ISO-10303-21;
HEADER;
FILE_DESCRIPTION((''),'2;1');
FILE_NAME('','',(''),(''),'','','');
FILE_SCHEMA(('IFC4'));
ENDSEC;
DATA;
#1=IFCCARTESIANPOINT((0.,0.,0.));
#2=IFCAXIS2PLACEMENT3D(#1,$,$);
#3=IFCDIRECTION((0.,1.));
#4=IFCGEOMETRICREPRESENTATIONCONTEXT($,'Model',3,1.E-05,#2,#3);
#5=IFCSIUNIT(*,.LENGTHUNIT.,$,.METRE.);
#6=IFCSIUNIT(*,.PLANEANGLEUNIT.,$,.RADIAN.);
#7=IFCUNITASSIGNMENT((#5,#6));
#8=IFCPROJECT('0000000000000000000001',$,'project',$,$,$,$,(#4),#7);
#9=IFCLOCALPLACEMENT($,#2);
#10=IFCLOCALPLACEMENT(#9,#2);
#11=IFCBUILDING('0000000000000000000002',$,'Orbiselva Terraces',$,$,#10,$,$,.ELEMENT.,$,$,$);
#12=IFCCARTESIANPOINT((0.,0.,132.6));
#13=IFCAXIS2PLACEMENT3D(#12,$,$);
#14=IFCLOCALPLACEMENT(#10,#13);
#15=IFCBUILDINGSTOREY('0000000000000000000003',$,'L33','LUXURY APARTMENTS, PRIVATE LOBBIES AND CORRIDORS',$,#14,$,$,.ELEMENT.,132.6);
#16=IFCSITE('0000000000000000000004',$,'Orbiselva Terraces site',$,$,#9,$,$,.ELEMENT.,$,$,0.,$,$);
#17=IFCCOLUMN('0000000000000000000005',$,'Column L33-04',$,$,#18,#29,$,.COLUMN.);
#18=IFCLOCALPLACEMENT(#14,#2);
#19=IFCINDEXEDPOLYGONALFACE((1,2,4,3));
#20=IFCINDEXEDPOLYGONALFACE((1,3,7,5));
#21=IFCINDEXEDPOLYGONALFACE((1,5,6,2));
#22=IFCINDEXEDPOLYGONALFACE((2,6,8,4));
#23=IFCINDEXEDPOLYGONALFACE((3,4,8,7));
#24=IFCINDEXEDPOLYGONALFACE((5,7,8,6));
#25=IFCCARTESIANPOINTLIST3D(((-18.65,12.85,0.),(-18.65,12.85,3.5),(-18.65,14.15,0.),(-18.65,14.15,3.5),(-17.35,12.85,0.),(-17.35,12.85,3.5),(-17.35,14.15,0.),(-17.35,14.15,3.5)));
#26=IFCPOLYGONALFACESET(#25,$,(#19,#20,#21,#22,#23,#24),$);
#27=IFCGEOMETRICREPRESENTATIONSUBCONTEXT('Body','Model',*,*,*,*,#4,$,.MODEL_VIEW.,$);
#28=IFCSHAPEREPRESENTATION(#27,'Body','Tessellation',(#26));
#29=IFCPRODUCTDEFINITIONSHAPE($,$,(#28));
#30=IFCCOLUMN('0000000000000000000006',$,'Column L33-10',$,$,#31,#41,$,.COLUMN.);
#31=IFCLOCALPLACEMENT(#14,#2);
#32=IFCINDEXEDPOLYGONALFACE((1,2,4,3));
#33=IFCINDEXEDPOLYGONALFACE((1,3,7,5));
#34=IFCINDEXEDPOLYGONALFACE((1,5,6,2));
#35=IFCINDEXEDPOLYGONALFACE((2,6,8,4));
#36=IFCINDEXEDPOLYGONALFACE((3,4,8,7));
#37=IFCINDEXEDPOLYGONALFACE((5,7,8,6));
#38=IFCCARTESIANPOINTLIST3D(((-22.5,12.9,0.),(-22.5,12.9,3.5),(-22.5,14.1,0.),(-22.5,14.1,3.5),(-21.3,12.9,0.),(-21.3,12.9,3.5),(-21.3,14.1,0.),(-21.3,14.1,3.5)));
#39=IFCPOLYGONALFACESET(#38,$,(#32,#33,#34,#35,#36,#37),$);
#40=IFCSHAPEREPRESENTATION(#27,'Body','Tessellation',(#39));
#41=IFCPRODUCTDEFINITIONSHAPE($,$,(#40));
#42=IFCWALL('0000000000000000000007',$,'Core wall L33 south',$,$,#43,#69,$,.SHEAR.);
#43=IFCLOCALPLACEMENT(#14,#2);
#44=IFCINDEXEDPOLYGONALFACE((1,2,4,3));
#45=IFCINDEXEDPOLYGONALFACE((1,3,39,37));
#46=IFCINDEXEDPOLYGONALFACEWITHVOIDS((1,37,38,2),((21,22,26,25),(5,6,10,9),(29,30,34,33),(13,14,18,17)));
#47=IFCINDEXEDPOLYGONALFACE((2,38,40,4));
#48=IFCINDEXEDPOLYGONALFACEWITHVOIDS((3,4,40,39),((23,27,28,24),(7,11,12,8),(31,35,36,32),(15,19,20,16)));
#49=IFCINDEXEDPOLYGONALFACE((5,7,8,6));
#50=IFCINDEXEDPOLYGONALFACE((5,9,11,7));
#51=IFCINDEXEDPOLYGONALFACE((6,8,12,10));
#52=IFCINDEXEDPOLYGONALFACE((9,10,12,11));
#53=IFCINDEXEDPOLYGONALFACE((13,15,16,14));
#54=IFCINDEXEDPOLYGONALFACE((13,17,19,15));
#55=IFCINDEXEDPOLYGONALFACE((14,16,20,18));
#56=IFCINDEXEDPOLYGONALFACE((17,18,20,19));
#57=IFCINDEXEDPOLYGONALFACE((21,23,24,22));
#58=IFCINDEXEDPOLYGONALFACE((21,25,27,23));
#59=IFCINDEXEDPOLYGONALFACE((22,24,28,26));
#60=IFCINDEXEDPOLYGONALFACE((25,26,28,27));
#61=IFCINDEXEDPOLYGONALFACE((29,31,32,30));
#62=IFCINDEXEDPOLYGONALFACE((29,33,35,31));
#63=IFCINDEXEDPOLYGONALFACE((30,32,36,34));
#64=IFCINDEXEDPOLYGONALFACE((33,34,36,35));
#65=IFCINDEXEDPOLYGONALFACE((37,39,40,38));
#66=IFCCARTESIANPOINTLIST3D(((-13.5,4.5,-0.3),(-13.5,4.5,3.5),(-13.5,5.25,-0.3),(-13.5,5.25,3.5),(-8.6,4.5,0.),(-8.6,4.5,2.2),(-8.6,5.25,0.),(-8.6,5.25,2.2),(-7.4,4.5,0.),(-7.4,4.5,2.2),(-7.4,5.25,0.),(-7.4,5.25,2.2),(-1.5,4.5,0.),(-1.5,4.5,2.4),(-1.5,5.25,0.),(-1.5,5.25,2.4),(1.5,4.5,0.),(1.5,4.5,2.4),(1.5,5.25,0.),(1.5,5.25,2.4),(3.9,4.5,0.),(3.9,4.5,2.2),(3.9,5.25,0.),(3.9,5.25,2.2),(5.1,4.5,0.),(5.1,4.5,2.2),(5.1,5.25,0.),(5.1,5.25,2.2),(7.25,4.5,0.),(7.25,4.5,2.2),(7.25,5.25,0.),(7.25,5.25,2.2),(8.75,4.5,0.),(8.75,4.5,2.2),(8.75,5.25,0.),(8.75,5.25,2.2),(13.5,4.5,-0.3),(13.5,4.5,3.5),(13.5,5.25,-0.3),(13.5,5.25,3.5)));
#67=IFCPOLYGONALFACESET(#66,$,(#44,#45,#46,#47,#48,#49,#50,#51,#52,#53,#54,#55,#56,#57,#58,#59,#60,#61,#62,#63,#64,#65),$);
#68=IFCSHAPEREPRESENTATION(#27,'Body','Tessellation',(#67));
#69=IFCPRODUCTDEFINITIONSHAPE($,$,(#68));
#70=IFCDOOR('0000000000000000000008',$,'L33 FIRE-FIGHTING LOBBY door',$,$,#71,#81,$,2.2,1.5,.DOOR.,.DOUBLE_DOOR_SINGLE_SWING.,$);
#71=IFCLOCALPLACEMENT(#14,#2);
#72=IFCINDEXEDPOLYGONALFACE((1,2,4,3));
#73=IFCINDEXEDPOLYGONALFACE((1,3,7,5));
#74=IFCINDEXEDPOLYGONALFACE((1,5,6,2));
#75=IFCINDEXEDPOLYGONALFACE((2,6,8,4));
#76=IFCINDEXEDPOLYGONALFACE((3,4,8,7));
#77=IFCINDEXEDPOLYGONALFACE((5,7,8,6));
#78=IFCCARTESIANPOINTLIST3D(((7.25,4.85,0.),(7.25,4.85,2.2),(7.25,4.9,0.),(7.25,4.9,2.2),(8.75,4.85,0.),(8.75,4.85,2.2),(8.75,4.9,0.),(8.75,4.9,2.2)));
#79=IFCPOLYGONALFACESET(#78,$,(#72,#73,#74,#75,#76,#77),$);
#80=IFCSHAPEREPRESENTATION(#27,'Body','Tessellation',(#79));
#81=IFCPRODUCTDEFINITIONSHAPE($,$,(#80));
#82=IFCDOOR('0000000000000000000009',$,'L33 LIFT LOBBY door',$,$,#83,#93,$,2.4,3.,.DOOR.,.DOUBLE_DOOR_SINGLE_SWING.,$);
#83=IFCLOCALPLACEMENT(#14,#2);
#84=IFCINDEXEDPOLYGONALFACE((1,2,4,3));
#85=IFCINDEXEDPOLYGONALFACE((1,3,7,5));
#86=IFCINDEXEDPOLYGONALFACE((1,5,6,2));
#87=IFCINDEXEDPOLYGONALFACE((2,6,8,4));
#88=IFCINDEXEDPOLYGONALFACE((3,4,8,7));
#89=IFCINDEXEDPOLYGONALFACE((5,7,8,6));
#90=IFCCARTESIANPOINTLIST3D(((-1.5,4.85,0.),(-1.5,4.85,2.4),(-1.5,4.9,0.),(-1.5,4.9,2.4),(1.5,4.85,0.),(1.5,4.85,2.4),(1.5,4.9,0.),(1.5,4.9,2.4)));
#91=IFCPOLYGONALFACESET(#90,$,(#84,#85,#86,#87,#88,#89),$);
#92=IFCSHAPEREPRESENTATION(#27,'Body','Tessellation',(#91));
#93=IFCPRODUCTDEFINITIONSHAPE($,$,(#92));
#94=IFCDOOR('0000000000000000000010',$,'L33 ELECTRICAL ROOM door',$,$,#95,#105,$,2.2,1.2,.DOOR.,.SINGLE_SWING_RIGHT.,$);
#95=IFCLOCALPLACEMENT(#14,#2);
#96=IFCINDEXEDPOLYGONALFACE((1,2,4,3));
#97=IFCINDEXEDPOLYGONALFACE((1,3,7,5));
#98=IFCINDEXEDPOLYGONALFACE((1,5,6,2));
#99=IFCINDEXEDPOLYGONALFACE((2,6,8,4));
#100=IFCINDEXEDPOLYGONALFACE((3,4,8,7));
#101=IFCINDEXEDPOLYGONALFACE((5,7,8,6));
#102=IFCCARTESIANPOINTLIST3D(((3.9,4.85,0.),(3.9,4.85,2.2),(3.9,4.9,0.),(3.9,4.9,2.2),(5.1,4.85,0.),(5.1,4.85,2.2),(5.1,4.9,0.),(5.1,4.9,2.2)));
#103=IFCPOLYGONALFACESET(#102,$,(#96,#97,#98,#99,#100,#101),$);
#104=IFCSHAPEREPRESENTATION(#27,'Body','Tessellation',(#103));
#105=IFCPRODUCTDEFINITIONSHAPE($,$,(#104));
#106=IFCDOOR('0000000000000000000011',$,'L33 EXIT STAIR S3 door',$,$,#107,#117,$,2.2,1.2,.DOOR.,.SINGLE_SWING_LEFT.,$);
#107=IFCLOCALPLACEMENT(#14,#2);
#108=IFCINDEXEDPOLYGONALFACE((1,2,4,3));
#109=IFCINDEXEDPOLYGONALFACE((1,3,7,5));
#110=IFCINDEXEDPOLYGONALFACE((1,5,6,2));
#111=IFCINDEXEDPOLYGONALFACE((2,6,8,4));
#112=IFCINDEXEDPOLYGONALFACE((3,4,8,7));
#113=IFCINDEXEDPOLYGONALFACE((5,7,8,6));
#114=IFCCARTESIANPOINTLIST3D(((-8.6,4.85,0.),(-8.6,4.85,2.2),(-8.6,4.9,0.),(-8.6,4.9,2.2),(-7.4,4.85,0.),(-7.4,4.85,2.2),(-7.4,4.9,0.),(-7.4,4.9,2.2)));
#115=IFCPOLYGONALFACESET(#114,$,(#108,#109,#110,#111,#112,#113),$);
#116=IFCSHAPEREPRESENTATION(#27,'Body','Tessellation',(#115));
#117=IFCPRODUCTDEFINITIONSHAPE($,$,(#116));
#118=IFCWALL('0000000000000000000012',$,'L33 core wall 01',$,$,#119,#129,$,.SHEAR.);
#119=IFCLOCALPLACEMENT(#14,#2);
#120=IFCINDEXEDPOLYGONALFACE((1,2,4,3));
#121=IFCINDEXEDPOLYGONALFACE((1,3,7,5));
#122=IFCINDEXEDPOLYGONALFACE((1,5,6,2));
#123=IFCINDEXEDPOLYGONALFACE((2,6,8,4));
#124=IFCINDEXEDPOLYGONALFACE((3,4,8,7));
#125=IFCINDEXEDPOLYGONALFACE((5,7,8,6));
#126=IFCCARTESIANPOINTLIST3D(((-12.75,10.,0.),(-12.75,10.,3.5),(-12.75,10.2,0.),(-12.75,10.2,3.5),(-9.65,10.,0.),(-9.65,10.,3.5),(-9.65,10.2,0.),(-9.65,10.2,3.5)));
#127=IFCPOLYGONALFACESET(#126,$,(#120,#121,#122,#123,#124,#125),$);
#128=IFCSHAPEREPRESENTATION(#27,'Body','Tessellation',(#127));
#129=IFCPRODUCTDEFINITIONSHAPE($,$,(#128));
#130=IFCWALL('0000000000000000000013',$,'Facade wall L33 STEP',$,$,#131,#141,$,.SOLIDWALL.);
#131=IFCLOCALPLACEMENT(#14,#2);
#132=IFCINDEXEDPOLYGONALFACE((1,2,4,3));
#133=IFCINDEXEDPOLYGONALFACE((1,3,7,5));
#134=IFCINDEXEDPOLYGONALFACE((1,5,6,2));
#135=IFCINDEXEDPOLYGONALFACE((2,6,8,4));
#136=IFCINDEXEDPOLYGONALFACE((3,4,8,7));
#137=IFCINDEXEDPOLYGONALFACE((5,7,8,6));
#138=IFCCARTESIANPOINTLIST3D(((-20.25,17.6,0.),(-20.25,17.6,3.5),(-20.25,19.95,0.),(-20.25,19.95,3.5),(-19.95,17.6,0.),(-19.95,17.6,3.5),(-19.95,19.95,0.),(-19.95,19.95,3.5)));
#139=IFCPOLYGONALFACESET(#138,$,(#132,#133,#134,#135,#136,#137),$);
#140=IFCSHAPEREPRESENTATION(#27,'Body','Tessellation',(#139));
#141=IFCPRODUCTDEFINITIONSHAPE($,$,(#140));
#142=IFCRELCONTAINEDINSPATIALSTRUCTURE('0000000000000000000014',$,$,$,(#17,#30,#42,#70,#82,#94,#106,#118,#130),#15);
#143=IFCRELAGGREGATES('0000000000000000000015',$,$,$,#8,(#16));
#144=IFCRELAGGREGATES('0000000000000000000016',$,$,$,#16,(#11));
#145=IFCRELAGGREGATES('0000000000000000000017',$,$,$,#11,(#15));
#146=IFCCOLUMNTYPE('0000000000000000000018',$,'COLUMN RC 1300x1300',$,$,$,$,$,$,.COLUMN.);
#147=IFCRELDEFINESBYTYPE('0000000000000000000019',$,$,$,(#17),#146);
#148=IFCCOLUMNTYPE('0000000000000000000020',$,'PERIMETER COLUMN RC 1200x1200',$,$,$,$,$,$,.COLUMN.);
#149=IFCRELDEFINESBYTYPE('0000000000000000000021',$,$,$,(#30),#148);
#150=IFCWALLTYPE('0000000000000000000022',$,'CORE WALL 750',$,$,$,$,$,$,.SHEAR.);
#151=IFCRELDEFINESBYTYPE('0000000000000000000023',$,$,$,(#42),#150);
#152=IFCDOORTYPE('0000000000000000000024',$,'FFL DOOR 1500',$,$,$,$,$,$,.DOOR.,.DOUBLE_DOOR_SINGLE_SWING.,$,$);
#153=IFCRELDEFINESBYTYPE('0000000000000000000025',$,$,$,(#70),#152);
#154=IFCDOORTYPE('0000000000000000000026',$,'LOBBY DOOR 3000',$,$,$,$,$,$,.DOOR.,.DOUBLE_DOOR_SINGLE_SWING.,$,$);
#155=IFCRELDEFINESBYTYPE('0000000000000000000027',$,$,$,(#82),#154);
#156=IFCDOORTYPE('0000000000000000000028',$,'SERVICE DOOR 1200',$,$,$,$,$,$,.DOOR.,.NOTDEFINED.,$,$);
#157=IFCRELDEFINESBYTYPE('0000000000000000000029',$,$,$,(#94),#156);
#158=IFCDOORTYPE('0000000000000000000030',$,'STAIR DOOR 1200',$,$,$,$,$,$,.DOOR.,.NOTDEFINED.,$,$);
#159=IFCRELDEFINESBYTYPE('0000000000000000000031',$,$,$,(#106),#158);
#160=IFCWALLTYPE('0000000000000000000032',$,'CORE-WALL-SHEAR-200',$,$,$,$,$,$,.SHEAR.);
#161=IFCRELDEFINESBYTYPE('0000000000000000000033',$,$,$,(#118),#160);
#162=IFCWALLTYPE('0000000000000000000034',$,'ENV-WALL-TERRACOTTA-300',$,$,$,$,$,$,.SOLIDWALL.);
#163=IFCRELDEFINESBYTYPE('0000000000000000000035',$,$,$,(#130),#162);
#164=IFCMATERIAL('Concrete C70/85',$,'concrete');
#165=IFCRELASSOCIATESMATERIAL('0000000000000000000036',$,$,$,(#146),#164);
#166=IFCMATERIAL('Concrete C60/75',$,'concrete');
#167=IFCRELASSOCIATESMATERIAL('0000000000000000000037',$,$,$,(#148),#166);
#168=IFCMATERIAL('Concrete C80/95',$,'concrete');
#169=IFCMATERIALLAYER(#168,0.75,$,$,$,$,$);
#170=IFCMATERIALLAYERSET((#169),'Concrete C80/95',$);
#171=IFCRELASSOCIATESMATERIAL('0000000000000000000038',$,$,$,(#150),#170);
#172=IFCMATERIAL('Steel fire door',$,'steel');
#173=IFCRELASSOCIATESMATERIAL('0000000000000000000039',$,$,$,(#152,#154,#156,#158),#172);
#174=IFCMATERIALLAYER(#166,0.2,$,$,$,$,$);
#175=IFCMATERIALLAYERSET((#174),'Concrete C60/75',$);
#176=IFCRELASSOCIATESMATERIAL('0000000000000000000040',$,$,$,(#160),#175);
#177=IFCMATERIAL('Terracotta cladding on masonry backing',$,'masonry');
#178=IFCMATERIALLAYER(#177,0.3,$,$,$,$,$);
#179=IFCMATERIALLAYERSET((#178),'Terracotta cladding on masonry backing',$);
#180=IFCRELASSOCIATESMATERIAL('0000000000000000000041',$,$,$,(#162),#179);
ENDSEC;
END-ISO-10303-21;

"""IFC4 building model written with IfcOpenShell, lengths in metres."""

from ifc_helpers import new_model, si_unit, direction, frame, frame_2d, origin, origin_2d, place, context, subcontext, project, spatial, rectangle, extrude, material, layer, layer_set, material_profile, profile_set, type_object, element, fill, save


model = new_model("IFC4")

# Units and contexts
model_context = context("Model", 3, precision=1e-05, world=origin(), true_north=direction((0.0, 1.0)))
body_context = subcontext(model_context, "Body", "Model", "MODEL_VIEW")
ifc_project = project(units=[si_unit("LENGTHUNIT", "METRE"), si_unit("PLANEANGLEUNIT", "RADIAN")], contexts=[model_context])

# Site, building, storey
site_placement = place(None, origin())
site = spatial("IfcSite", under=ifc_project, at=site_placement, Name="Orbiselva Terraces site", CompositionType="ELEMENT", RefElevation=0.0)
building_placement = place(site_placement, origin())
building = spatial("IfcBuilding", under=site, at=building_placement, Name="Orbiselva Terraces", CompositionType="ELEMENT")
storey_placement = place(building_placement, frame((0.0, 0.0, 132.6)))
storey = spatial("IfcBuildingStorey", under=building, at=storey_placement, Name="L33", Description="LUXURY APARTMENTS, PRIVATE LOBBIES AND CORRIDORS", CompositionType="ELEMENT", Elevation=132.6)

# Columns
ifc_material_1 = material(Name="Concrete C70/85", Category="concrete")
ifc_material_profile_1 = material_profile(ifc_material_1, rectangle(XDim=1.3, YDim=1.3, at=origin_2d()), Name="RC 1300x1300")
ifc_profile_set_1 = profile_set([ifc_material_profile_1], Name="Concrete C70/85")
column_type_1 = type_object("IfcColumnType", Name="COLUMN RC 1300x1300", PredefinedType="COLUMN", material=ifc_profile_set_1)
column_1_placement = place(storey_placement, frame((-18.0, 13.5, 0.0), z_axis=(0.0, 0.0, 1.0), x_axis=(1.0, 0.0, 0.0)))
element("IfcColumn", 1, at=column_1_placement, inside=storey, type_object=column_type_1, Name="Column L33-04", PredefinedType="COLUMN", context=body_context, shape_type="SweptSolid", body=[
    extrude(rectangle(XDim=1.3, YDim=1.3, at=origin_2d()), origin(), (0.0, 0.0, 1.0), 3.5),
])
ifc_material_2 = material(Name="Concrete C60/75", Category="concrete")
ifc_material_profile_2 = material_profile(ifc_material_2, rectangle(XDim=1.2, YDim=1.2, at=origin_2d()), Name="RC 1200x1200")
ifc_profile_set_2 = profile_set([ifc_material_profile_2], Name="Concrete C60/75")
column_type_2 = type_object("IfcColumnType", Name="PERIMETER COLUMN RC 1200x1200", PredefinedType="COLUMN", material=ifc_profile_set_2)
column_2_placement = place(storey_placement, frame((-21.9, 13.5, 0.0), z_axis=(0.0, 0.0, 1.0), x_axis=(1.0, 0.0, 0.0)))
element("IfcColumn", 2, at=column_2_placement, inside=storey, type_object=column_type_2, Name="Column L33-10", PredefinedType="COLUMN", context=body_context, shape_type="SweptSolid", body=[
    extrude(rectangle(XDim=1.2, YDim=1.2, at=origin_2d()), origin(), (0.0, 0.0, 1.0), 3.5),
])

# Wall, openings, doors
ifc_material_3 = material(Name="Concrete C80/95", Category="concrete")
ifc_layer_1 = layer(ifc_material_3, 0.75)
ifc_layer_set_1 = layer_set([ifc_layer_1], Name="Concrete C80/95")
wall_type_1 = type_object("IfcWallType", Name="CORE WALL 750", PredefinedType="SHEAR", material=ifc_layer_set_1)
wall_1_placement = place(storey_placement, frame((-13.5, 4.875, -0.3), z_axis=(0.0, 0.0, 1.0), x_axis=(1.0, 0.0, 0.0)))
wall_1 = element("IfcWall", 3, at=wall_1_placement, inside=storey, type_object=wall_type_1, Name="Core wall L33 south", PredefinedType="SHEAR", context=body_context, shape_type="SweptSolid", body=[
    extrude(rectangle(XDim=27.0, YDim=0.75, at=frame_2d((13.5, 0.0))), origin(), (0.0, 0.0, 1.0), 3.8),
])
opening_1_placement = place(wall_1_placement, frame((12.0, 0.0, 0.3)))
opening_1 = element("IfcOpeningElement", 4, at=opening_1_placement, cuts=wall_1, PredefinedType="OPENING", context=body_context, shape_type="SweptSolid", body=[
    extrude(rectangle(XDim=3.0, YDim=2.4, at=frame_2d((1.5, 1.2))), frame((0.0, 0.385, 0.0), z_axis=(0.0, -1.0, 0.0), x_axis=(1.0, 0.0, 0.0)), (0.0, 0.0, 1.0), 0.77),
])
opening_2_placement = place(wall_1_placement, frame((4.9, 0.0, 0.3)))
opening_2 = element("IfcOpeningElement", 5, at=opening_2_placement, cuts=wall_1, PredefinedType="OPENING", context=body_context, shape_type="SweptSolid", body=[
    extrude(rectangle(XDim=1.2, YDim=2.2, at=frame_2d((0.6, 1.1))), frame((0.0, 0.385, 0.0), z_axis=(0.0, -1.0, 0.0), x_axis=(1.0, 0.0, 0.0)), (0.0, 0.0, 1.0), 0.77),
])
opening_3_placement = place(wall_1_placement, frame((20.75, 0.0, 0.3)))
opening_3 = element("IfcOpeningElement", 6, at=opening_3_placement, cuts=wall_1, PredefinedType="OPENING", context=body_context, shape_type="SweptSolid", body=[
    extrude(rectangle(XDim=1.5, YDim=2.2, at=frame_2d((0.75, 1.1))), frame((0.0, 0.385, 0.0), z_axis=(0.0, -1.0, 0.0), x_axis=(1.0, 0.0, 0.0)), (0.0, 0.0, 1.0), 0.77),
])
opening_4_placement = place(wall_1_placement, frame((17.4, 0.0, 0.3)))
opening_4 = element("IfcOpeningElement", 7, at=opening_4_placement, cuts=wall_1, PredefinedType="OPENING", context=body_context, shape_type="SweptSolid", body=[
    extrude(rectangle(XDim=1.2, YDim=2.2, at=frame_2d((0.6, 1.1))), frame((0.0, 0.385, 0.0), z_axis=(0.0, -1.0, 0.0), x_axis=(1.0, 0.0, 0.0)), (0.0, 0.0, 1.0), 0.77),
])
ifc_material_4 = material(Name="Steel fire door", Category="steel")
door_type_1 = type_object("IfcDoorType", Name="FFL DOOR 1500", OperationType="DOUBLE_DOOR_SINGLE_SWING", PredefinedType="DOOR", material=ifc_material_4)
door_1_placement = place(opening_3_placement, frame((1.5, 0.0, 0.0), z_axis=(0.0, 0.0, 1.0), x_axis=(-1.0, 0.0, 0.0)))
door_1 = element("IfcDoor", 8, at=door_1_placement, inside=storey, type_object=door_type_1, Name="L33 FIRE-FIGHTING LOBBY door", OperationType="DOUBLE_DOOR_SINGLE_SWING", OverallHeight=2.2, OverallWidth=1.5, PredefinedType="DOOR", context=body_context, shape_type="SweptSolid", body=[
    extrude(rectangle(XDim=1.5, YDim=2.2, at=frame_2d((0.75, 1.1))), frame((0.0, 0.025, 0.0), z_axis=(0.0, -1.0, 0.0), x_axis=(1.0, 0.0, 0.0)), (0.0, 0.0, 1.0), 0.05),
])
fill(opening_3, door_1)
door_type_2 = type_object("IfcDoorType", Name="LOBBY DOOR 3000", OperationType="DOUBLE_DOOR_SINGLE_SWING", PredefinedType="DOOR", material=ifc_material_4)
door_2_placement = place(opening_1_placement, frame((3.0, 0.0, 0.0), z_axis=(0.0, 0.0, 1.0), x_axis=(-1.0, 0.0, 0.0)))
door_2 = element("IfcDoor", 9, at=door_2_placement, inside=storey, type_object=door_type_2, Name="L33 LIFT LOBBY door", OperationType="DOUBLE_DOOR_SINGLE_SWING", OverallHeight=2.4, OverallWidth=3.0, PredefinedType="DOOR", context=body_context, shape_type="SweptSolid", body=[
    extrude(rectangle(XDim=3.0, YDim=2.4, at=frame_2d((1.5, 1.2))), frame((0.0, 0.025, 0.0), z_axis=(0.0, -1.0, 0.0), x_axis=(1.0, 0.0, 0.0)), (0.0, 0.0, 1.0), 0.05),
])
fill(opening_1, door_2)
door_type_3 = type_object("IfcDoorType", Name="SERVICE DOOR 1200", OperationType="NOTDEFINED", PredefinedType="DOOR", material=ifc_material_4)
door_3_placement = place(opening_4_placement, frame((1.2, 0.0, 0.0), z_axis=(0.0, 0.0, 1.0), x_axis=(-1.0, 0.0, 0.0)))
door_3 = element("IfcDoor", 10, at=door_3_placement, inside=storey, type_object=door_type_3, Name="L33 ELECTRICAL ROOM door", OperationType="SINGLE_SWING_RIGHT", OverallHeight=2.2, OverallWidth=1.2, PredefinedType="DOOR", context=body_context, shape_type="SweptSolid", body=[
    extrude(rectangle(XDim=1.2, YDim=2.2, at=frame_2d((0.6, 1.1))), frame((0.0, 0.025, 0.0), z_axis=(0.0, -1.0, 0.0), x_axis=(1.0, 0.0, 0.0)), (0.0, 0.0, 1.0), 0.05),
])
fill(opening_4, door_3)
door_type_4 = type_object("IfcDoorType", Name="STAIR DOOR 1200", OperationType="NOTDEFINED", PredefinedType="DOOR", material=ifc_material_4)
door_4_placement = place(opening_2_placement, frame((1.2, 0.0, 0.0), z_axis=(0.0, 0.0, 1.0), x_axis=(-1.0, 0.0, 0.0)))
door_4 = element("IfcDoor", 11, at=door_4_placement, inside=storey, type_object=door_type_4, Name="L33 EXIT STAIR S3 door", OperationType="SINGLE_SWING_LEFT", OverallHeight=2.2, OverallWidth=1.2, PredefinedType="DOOR", context=body_context, shape_type="SweptSolid", body=[
    extrude(rectangle(XDim=1.2, YDim=2.2, at=frame_2d((0.6, 1.1))), frame((0.0, 0.025, 0.0), z_axis=(0.0, -1.0, 0.0), x_axis=(1.0, 0.0, 0.0)), (0.0, 0.0, 1.0), 0.05),
])
fill(opening_2, door_4)

# Walls
ifc_layer_2 = layer(ifc_material_2, 0.2)
ifc_layer_set_2 = layer_set([ifc_layer_2], Name="Concrete C60/75")
wall_type_2 = type_object("IfcWallType", Name="CORE-WALL-SHEAR-200", PredefinedType="SHEAR", material=ifc_layer_set_2)
wall_2_placement = place(storey_placement, frame((-12.75, 10.1, 0.0), z_axis=(0.0, 0.0, 1.0), x_axis=(1.0, 0.0, 0.0)))
element("IfcWall", 12, at=wall_2_placement, inside=storey, type_object=wall_type_2, Name="L33 core wall 01", PredefinedType="SHEAR", context=body_context, shape_type="SweptSolid", body=[
    extrude(rectangle(XDim=3.1, YDim=0.2, at=frame_2d((1.55, 0.0))), origin(), (0.0, 0.0, 1.0), 3.5),
])
ifc_material_5 = material(Name="Terracotta cladding on masonry backing", Category="masonry")
ifc_layer_3 = layer(ifc_material_5, 0.3)
ifc_layer_set_3 = layer_set([ifc_layer_3], Name="Terracotta cladding on masonry backing")
wall_type_3 = type_object("IfcWallType", Name="ENV-WALL-TERRACOTTA-300", PredefinedType="SOLIDWALL", material=ifc_layer_set_3)
wall_3_placement = place(storey_placement, frame((-20.1, 17.6, 0.0), z_axis=(0.0, 0.0, 1.0), x_axis=(0.0, 1.0, 0.0)))
element("IfcWall", 13, at=wall_3_placement, inside=storey, type_object=wall_type_3, Name="Facade wall L33 STEP", PredefinedType="SOLIDWALL", context=body_context, shape_type="SweptSolid", body=[
    extrude(rectangle(XDim=2.35, YDim=0.3, at=frame_2d((1.175, 0.0))), origin(), (0.0, 0.0, 1.0), 3.5),
])

save(model, "model.ifc")
